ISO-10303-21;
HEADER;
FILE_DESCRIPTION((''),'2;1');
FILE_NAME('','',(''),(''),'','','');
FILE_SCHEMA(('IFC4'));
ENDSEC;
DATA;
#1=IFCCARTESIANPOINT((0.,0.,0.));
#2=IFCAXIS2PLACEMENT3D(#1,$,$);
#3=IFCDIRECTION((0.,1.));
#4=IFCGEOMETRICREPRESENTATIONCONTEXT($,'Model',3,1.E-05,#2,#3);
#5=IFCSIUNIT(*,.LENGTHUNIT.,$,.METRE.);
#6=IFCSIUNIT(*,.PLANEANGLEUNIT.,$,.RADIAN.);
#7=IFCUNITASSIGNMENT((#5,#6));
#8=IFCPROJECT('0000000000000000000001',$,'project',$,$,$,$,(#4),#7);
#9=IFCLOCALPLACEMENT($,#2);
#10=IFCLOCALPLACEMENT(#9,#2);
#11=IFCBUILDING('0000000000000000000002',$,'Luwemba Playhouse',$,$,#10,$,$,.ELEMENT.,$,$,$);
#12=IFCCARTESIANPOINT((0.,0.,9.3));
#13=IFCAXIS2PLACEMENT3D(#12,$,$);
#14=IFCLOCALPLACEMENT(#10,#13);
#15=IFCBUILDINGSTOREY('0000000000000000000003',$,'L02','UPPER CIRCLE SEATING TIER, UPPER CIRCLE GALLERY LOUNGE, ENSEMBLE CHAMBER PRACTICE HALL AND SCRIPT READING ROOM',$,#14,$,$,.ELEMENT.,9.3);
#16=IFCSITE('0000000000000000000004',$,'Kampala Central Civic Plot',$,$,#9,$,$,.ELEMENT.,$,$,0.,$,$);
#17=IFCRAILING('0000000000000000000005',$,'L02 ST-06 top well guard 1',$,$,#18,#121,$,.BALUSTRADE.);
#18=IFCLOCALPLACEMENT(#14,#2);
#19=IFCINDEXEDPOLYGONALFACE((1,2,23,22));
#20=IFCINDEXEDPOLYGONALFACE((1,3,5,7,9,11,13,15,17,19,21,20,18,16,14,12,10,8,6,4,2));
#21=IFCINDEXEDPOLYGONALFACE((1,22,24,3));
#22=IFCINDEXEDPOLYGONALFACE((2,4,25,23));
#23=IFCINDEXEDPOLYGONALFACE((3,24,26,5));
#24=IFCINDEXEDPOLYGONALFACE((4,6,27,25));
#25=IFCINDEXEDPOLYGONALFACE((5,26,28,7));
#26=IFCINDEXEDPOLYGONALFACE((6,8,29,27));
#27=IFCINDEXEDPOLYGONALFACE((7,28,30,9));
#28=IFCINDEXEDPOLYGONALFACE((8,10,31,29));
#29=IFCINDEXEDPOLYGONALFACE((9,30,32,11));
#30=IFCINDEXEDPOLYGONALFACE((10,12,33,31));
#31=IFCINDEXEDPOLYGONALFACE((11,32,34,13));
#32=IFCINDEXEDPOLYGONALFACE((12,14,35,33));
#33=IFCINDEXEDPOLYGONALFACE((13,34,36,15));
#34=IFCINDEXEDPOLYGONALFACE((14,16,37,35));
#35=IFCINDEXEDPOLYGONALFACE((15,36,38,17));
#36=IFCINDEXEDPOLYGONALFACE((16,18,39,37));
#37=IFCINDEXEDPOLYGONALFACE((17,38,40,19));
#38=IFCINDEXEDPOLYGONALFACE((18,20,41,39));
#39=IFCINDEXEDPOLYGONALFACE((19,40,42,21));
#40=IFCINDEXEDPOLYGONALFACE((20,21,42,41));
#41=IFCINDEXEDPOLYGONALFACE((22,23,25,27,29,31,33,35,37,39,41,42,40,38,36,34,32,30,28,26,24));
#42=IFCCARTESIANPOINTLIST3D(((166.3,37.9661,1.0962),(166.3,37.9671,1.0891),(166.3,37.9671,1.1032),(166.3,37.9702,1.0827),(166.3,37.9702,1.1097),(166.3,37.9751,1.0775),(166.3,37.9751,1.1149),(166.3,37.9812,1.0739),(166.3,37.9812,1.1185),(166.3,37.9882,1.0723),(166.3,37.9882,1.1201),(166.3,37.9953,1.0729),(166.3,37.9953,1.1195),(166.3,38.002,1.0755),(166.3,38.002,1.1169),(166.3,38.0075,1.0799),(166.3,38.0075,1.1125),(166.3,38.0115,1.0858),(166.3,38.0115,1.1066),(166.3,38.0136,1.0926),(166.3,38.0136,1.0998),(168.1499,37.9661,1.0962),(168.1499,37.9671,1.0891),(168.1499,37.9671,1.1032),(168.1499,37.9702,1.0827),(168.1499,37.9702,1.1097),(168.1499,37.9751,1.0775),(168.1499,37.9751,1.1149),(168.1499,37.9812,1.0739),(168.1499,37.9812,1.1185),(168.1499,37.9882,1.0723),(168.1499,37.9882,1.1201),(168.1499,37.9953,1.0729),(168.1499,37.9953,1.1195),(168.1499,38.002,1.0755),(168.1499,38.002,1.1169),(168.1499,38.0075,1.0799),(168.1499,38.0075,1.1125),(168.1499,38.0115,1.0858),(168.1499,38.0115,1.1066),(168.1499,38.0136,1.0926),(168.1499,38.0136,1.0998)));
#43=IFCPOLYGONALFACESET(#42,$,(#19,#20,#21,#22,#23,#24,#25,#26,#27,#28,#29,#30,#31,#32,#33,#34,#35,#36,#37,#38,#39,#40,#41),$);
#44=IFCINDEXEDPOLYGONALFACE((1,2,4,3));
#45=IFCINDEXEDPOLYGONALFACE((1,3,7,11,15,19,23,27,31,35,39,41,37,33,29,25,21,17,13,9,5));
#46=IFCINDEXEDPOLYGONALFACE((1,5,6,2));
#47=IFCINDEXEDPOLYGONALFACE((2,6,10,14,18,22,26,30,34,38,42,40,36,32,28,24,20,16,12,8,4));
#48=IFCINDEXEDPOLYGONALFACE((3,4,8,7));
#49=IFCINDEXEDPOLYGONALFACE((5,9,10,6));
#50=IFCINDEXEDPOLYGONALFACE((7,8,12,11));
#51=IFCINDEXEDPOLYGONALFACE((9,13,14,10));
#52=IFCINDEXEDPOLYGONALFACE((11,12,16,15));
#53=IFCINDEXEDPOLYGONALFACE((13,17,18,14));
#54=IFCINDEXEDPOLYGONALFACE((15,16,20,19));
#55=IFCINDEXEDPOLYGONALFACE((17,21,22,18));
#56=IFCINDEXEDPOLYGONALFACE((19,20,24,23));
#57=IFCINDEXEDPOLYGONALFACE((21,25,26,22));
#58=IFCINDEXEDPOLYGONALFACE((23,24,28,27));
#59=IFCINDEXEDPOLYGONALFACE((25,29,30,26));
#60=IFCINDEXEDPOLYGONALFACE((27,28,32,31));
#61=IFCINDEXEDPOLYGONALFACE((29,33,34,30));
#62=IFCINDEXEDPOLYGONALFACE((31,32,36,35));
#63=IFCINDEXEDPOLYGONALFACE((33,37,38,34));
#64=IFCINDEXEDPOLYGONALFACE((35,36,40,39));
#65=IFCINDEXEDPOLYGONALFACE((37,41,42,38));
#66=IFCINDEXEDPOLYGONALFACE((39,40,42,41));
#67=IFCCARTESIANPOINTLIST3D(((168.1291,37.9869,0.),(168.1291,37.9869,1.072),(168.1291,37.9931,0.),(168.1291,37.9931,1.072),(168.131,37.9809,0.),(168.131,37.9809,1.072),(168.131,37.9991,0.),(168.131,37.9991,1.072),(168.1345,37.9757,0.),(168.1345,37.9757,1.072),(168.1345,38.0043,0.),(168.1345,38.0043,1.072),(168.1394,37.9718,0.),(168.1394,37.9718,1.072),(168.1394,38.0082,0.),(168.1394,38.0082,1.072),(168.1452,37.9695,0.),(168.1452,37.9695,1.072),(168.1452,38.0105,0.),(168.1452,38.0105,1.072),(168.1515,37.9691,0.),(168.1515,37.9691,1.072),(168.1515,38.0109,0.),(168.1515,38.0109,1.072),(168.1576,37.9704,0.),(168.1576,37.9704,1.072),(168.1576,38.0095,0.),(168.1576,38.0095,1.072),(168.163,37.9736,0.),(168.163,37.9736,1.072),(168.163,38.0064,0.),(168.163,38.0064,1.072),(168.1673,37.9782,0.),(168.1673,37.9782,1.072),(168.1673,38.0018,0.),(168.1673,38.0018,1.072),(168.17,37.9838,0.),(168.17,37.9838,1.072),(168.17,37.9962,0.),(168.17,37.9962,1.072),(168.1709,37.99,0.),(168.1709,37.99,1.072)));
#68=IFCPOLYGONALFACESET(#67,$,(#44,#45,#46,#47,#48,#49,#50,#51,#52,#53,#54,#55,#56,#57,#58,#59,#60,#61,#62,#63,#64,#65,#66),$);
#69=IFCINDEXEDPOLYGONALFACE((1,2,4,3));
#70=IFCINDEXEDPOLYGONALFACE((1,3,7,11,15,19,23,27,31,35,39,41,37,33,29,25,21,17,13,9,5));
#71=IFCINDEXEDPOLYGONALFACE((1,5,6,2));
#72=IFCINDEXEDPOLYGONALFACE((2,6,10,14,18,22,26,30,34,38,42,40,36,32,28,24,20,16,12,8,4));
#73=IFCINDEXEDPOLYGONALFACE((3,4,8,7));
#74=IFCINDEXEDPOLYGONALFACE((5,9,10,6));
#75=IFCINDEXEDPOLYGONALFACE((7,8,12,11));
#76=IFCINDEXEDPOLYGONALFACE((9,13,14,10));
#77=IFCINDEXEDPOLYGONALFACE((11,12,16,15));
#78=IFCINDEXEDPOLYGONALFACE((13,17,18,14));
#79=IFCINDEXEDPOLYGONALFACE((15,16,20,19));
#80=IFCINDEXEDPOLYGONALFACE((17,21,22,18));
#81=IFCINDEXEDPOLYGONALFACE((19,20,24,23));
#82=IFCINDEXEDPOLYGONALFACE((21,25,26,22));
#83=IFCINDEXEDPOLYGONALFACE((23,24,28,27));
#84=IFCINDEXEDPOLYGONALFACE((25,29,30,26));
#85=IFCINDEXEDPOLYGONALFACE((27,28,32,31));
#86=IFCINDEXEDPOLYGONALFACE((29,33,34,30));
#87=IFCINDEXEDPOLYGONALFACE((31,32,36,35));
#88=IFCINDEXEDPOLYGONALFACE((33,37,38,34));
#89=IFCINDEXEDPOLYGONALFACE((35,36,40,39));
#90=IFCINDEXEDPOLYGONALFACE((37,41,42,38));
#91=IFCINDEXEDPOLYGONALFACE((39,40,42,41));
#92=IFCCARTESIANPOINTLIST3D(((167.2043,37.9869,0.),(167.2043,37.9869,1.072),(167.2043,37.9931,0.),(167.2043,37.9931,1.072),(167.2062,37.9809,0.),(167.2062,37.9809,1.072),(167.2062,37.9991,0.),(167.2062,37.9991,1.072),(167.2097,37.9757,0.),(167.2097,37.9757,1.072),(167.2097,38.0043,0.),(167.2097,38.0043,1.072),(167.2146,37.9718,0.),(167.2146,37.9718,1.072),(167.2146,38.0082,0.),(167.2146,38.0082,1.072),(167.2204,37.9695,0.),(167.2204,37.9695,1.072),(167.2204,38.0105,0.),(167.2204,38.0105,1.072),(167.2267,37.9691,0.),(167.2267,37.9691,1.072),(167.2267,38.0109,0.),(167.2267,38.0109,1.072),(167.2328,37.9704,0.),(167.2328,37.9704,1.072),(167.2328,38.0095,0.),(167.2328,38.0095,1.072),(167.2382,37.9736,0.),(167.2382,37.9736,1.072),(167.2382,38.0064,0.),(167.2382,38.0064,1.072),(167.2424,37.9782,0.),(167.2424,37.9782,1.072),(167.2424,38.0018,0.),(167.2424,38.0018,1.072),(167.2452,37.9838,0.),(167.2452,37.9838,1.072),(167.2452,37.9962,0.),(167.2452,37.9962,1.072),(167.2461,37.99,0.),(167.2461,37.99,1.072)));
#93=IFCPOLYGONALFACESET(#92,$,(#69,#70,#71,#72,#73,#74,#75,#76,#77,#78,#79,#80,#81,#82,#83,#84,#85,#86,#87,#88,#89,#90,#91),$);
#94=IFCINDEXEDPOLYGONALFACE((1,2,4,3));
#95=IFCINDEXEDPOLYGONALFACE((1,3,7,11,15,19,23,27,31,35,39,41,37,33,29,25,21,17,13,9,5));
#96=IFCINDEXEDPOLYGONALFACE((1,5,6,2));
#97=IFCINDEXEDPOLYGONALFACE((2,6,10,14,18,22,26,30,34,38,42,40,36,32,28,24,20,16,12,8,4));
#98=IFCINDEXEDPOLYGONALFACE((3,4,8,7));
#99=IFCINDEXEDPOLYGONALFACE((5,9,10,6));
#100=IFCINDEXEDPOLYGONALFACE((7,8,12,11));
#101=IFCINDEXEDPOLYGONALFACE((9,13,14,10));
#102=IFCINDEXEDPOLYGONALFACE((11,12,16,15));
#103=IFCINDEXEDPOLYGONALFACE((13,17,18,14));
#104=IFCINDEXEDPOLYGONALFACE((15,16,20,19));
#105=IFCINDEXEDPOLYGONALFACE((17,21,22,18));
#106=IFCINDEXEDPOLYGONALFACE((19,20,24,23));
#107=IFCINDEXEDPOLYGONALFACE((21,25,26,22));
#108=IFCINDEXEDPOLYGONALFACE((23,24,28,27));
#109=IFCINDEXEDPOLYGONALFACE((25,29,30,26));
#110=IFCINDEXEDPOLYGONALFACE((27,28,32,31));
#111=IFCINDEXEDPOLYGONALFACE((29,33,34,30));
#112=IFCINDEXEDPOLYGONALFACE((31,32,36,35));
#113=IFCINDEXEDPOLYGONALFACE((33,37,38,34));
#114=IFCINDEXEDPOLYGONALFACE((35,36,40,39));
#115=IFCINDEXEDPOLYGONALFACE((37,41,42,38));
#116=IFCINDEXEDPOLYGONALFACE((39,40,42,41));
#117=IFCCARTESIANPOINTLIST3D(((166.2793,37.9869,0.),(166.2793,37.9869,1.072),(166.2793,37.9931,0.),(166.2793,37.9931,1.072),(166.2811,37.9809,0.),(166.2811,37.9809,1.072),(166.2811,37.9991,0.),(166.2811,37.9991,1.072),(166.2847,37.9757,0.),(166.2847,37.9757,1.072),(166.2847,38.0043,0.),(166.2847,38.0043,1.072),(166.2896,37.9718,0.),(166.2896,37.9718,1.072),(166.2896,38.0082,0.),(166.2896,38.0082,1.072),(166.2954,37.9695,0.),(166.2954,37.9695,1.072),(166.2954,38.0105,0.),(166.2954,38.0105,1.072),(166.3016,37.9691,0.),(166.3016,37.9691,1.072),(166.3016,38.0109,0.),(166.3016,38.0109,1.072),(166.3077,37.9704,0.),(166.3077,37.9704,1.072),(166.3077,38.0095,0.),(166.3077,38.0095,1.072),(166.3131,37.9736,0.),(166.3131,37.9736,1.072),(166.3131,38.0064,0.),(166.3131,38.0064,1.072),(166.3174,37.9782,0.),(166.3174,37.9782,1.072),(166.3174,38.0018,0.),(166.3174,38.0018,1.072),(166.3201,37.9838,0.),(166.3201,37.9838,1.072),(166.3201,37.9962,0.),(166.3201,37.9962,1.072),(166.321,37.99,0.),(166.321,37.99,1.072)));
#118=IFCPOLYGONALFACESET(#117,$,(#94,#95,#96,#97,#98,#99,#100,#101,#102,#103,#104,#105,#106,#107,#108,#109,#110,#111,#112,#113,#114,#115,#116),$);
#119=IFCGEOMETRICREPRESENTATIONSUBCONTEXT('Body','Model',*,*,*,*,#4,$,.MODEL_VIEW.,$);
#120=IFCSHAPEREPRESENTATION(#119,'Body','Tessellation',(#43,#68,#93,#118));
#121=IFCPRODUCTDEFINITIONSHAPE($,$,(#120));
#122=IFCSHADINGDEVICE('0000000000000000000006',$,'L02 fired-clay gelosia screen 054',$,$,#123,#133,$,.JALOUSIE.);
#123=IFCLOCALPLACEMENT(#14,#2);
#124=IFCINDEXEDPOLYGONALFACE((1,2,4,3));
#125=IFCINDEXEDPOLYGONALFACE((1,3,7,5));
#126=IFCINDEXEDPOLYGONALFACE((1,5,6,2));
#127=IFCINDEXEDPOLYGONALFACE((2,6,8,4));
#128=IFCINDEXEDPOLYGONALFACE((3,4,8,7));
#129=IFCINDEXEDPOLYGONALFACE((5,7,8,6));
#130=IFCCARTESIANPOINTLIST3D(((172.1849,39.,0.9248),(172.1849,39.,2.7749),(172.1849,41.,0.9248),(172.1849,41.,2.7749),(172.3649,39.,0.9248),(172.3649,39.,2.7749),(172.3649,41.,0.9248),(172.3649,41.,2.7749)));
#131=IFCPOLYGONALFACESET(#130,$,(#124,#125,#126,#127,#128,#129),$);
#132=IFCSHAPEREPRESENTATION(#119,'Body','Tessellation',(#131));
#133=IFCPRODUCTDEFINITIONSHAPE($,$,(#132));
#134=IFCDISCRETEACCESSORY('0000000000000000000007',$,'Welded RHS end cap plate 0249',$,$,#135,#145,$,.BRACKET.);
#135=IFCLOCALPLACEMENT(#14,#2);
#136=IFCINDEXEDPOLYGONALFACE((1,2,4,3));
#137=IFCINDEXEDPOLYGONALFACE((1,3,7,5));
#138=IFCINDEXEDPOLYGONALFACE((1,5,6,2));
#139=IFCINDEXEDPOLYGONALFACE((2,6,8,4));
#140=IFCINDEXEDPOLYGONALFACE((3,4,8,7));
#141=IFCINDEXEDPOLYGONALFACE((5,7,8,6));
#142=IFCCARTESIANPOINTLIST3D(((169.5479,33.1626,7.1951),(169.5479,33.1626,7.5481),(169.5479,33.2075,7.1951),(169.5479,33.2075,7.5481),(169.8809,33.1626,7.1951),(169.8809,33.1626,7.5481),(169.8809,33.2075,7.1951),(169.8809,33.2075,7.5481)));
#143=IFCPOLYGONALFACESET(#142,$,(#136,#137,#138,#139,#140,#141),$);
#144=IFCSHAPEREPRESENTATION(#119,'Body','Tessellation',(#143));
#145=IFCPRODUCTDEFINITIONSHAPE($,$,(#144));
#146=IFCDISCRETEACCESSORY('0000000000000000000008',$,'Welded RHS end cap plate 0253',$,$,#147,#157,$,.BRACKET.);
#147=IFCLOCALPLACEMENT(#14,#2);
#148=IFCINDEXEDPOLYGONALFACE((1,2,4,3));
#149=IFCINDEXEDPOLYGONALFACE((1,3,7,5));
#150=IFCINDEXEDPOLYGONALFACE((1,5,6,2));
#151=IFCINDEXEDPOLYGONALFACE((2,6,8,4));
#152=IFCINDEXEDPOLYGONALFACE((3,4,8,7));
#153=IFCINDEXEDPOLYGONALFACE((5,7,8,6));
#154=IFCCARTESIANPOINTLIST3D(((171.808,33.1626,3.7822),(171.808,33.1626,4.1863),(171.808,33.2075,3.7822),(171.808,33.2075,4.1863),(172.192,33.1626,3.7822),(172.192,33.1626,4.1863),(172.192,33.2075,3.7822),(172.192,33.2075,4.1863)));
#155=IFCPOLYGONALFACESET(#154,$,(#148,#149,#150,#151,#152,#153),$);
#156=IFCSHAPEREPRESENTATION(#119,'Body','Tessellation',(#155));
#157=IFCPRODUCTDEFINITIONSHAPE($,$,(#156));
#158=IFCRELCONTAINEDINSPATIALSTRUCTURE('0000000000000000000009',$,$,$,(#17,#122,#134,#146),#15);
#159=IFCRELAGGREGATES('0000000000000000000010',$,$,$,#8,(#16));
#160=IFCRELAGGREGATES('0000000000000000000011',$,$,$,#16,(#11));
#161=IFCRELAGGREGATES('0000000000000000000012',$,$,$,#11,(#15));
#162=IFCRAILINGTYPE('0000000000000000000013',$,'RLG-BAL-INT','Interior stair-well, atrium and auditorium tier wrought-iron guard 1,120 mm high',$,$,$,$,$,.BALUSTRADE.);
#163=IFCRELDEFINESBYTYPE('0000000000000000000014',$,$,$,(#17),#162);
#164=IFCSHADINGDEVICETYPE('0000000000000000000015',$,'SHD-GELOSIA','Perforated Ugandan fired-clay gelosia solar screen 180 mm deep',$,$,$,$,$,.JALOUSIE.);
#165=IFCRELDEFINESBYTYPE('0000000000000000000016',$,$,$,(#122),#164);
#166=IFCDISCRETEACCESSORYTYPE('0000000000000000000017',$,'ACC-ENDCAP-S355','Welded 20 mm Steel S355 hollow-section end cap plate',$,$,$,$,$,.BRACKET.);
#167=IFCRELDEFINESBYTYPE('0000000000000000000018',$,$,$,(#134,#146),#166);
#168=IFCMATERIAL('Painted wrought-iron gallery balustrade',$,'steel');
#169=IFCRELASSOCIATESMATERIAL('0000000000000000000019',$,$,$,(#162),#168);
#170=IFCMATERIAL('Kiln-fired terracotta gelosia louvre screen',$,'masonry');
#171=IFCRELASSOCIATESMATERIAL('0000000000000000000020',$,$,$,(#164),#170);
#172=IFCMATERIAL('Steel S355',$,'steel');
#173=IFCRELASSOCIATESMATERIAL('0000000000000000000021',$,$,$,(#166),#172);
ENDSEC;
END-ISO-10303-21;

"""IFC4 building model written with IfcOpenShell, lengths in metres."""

from ifc_helpers import new_model, si_unit, direction, frame, origin, origin_2d, place, context, subcontext, project, spatial, rectangle, circle, extrude, material, type_object, element, save


model = new_model("IFC4")

# Units and contexts
model_context = context("Model", 3, precision=1e-05, world=origin(), true_north=direction((0.0, 1.0)))
body_context = subcontext(model_context, "Body", "Model", "MODEL_VIEW")
ifc_project = project(units=[si_unit("LENGTHUNIT", "METRE"), si_unit("PLANEANGLEUNIT", "RADIAN")], contexts=[model_context])

# Site, building, storey
site_placement = place(None, origin())
site = spatial("IfcSite", under=ifc_project, at=site_placement, Name="Kampala Central Civic Plot", CompositionType="ELEMENT", RefElevation=0.0)
building_placement = place(site_placement, origin())
building = spatial("IfcBuilding", under=site, at=building_placement, Name="Luwemba Playhouse", CompositionType="ELEMENT")
storey_placement = place(building_placement, frame((0.0, 0.0, 9.3)))
storey = spatial("IfcBuildingStorey", under=building, at=storey_placement, Name="L02", Description="UPPER CIRCLE SEATING TIER, UPPER CIRCLE GALLERY LOUNGE, ENSEMBLE CHAMBER PRACTICE HALL AND SCRIPT READING ROOM", CompositionType="ELEMENT", Elevation=9.3)

# Shared definitions
ifc_material_1 = material(Name="Steel S355", Category="steel")

# Railing
ifc_material_2 = material(Name="Painted wrought-iron gallery balustrade", Category="steel")
railing_type = type_object("IfcRailingType", Name="RLG-BAL-INT", Description="Interior stair-well, atrium and auditorium tier wrought-iron guard 1,120 mm high", PredefinedType="BALUSTRADE", material=ifc_material_2)
railing_placement = place(storey_placement, frame((168.1499, 37.99, 0.0)))
element("IfcRailing", 1, at=railing_placement, inside=storey, type_object=railing_type, Name="L02 ST-06 top well guard 1", PredefinedType="BALUSTRADE", context=body_context, shape_type="SweptSolid", body=[
    extrude(circle(Radius=0.0239, at=origin_2d()), frame((0.0, 0.0, 1.0962), z_axis=(-1.0, 0.0, 0.0), x_axis=(0.0, -1.0, 0.0)), (0.0, 0.0, 1.0), 1.8499),
    extrude(circle(Radius=0.021, at=origin_2d()), origin(), (0.0, 0.0, 1.0), 1.072),
    extrude(circle(Radius=0.021, at=origin_2d()), frame((-0.9248, 0.0, 0.0)), (0.0, 0.0, 1.0), 1.072),
    extrude(circle(Radius=0.021, at=origin_2d()), frame((-1.8499, 0.0, 0.0)), (0.0, 0.0, 1.0), 1.072),
])

# Shading device
ifc_material_3 = material(Name="Kiln-fired terracotta gelosia louvre screen", Category="masonry")
shading_device_type = type_object("IfcShadingDeviceType", Name="SHD-GELOSIA", Description="Perforated Ugandan fired-clay gelosia solar screen 180 mm deep", PredefinedType="JALOUSIE", material=ifc_material_3)
shading_device_placement = place(storey_placement, frame((172.2749, 40.0, 0.9248), z_axis=(0.0, 0.0, 1.0), x_axis=(0.0, -1.0, 0.0)))
element("IfcShadingDevice", 2, at=shading_device_placement, inside=storey, type_object=shading_device_type, Name="L02 fired-clay gelosia screen 054", PredefinedType="JALOUSIE", context=body_context, shape_type="SweptSolid", body=[
    extrude(rectangle(XDim=2.0, YDim=0.1799, at=origin_2d()), origin(), (0.0, 0.0, 1.0), 1.8501),
])

# Discrete accessories
discrete_accessory_type = type_object("IfcDiscreteAccessoryType", Name="ACC-ENDCAP-S355", Description="Welded 20 mm Steel S355 hollow-section end cap plate", PredefinedType="BRACKET", material=ifc_material_1)
discrete_accessory_1_placement = place(storey_placement, frame((169.7144, 33.1851, 7.1951), z_axis=(0.0, 0.0, 1.0), x_axis=(1.0, 0.0, 0.0)))
element("IfcDiscreteAccessory", 3, at=discrete_accessory_1_placement, inside=storey, type_object=discrete_accessory_type, Name="Welded RHS end cap plate 0249", PredefinedType="BRACKET", context=body_context, shape_type="SweptSolid", body=[
    extrude(rectangle(XDim=0.333, YDim=0.0449, at=origin_2d()), origin(), (0.0, 0.0, 1.0), 0.353),
])
discrete_accessory_2_placement = place(storey_placement, frame((172.0, 33.1851, 3.7822), z_axis=(0.0, 0.0, 1.0), x_axis=(1.0, 0.0, 0.0)))
element("IfcDiscreteAccessory", 4, at=discrete_accessory_2_placement, inside=storey, type_object=discrete_accessory_type, Name="Welded RHS end cap plate 0253", PredefinedType="BRACKET", context=body_context, shape_type="SweptSolid", body=[
    extrude(rectangle(XDim=0.384, YDim=0.0449, at=origin_2d()), origin(), (0.0, 0.0, 1.0), 0.4041),
])

save(model, "model.ifc")
